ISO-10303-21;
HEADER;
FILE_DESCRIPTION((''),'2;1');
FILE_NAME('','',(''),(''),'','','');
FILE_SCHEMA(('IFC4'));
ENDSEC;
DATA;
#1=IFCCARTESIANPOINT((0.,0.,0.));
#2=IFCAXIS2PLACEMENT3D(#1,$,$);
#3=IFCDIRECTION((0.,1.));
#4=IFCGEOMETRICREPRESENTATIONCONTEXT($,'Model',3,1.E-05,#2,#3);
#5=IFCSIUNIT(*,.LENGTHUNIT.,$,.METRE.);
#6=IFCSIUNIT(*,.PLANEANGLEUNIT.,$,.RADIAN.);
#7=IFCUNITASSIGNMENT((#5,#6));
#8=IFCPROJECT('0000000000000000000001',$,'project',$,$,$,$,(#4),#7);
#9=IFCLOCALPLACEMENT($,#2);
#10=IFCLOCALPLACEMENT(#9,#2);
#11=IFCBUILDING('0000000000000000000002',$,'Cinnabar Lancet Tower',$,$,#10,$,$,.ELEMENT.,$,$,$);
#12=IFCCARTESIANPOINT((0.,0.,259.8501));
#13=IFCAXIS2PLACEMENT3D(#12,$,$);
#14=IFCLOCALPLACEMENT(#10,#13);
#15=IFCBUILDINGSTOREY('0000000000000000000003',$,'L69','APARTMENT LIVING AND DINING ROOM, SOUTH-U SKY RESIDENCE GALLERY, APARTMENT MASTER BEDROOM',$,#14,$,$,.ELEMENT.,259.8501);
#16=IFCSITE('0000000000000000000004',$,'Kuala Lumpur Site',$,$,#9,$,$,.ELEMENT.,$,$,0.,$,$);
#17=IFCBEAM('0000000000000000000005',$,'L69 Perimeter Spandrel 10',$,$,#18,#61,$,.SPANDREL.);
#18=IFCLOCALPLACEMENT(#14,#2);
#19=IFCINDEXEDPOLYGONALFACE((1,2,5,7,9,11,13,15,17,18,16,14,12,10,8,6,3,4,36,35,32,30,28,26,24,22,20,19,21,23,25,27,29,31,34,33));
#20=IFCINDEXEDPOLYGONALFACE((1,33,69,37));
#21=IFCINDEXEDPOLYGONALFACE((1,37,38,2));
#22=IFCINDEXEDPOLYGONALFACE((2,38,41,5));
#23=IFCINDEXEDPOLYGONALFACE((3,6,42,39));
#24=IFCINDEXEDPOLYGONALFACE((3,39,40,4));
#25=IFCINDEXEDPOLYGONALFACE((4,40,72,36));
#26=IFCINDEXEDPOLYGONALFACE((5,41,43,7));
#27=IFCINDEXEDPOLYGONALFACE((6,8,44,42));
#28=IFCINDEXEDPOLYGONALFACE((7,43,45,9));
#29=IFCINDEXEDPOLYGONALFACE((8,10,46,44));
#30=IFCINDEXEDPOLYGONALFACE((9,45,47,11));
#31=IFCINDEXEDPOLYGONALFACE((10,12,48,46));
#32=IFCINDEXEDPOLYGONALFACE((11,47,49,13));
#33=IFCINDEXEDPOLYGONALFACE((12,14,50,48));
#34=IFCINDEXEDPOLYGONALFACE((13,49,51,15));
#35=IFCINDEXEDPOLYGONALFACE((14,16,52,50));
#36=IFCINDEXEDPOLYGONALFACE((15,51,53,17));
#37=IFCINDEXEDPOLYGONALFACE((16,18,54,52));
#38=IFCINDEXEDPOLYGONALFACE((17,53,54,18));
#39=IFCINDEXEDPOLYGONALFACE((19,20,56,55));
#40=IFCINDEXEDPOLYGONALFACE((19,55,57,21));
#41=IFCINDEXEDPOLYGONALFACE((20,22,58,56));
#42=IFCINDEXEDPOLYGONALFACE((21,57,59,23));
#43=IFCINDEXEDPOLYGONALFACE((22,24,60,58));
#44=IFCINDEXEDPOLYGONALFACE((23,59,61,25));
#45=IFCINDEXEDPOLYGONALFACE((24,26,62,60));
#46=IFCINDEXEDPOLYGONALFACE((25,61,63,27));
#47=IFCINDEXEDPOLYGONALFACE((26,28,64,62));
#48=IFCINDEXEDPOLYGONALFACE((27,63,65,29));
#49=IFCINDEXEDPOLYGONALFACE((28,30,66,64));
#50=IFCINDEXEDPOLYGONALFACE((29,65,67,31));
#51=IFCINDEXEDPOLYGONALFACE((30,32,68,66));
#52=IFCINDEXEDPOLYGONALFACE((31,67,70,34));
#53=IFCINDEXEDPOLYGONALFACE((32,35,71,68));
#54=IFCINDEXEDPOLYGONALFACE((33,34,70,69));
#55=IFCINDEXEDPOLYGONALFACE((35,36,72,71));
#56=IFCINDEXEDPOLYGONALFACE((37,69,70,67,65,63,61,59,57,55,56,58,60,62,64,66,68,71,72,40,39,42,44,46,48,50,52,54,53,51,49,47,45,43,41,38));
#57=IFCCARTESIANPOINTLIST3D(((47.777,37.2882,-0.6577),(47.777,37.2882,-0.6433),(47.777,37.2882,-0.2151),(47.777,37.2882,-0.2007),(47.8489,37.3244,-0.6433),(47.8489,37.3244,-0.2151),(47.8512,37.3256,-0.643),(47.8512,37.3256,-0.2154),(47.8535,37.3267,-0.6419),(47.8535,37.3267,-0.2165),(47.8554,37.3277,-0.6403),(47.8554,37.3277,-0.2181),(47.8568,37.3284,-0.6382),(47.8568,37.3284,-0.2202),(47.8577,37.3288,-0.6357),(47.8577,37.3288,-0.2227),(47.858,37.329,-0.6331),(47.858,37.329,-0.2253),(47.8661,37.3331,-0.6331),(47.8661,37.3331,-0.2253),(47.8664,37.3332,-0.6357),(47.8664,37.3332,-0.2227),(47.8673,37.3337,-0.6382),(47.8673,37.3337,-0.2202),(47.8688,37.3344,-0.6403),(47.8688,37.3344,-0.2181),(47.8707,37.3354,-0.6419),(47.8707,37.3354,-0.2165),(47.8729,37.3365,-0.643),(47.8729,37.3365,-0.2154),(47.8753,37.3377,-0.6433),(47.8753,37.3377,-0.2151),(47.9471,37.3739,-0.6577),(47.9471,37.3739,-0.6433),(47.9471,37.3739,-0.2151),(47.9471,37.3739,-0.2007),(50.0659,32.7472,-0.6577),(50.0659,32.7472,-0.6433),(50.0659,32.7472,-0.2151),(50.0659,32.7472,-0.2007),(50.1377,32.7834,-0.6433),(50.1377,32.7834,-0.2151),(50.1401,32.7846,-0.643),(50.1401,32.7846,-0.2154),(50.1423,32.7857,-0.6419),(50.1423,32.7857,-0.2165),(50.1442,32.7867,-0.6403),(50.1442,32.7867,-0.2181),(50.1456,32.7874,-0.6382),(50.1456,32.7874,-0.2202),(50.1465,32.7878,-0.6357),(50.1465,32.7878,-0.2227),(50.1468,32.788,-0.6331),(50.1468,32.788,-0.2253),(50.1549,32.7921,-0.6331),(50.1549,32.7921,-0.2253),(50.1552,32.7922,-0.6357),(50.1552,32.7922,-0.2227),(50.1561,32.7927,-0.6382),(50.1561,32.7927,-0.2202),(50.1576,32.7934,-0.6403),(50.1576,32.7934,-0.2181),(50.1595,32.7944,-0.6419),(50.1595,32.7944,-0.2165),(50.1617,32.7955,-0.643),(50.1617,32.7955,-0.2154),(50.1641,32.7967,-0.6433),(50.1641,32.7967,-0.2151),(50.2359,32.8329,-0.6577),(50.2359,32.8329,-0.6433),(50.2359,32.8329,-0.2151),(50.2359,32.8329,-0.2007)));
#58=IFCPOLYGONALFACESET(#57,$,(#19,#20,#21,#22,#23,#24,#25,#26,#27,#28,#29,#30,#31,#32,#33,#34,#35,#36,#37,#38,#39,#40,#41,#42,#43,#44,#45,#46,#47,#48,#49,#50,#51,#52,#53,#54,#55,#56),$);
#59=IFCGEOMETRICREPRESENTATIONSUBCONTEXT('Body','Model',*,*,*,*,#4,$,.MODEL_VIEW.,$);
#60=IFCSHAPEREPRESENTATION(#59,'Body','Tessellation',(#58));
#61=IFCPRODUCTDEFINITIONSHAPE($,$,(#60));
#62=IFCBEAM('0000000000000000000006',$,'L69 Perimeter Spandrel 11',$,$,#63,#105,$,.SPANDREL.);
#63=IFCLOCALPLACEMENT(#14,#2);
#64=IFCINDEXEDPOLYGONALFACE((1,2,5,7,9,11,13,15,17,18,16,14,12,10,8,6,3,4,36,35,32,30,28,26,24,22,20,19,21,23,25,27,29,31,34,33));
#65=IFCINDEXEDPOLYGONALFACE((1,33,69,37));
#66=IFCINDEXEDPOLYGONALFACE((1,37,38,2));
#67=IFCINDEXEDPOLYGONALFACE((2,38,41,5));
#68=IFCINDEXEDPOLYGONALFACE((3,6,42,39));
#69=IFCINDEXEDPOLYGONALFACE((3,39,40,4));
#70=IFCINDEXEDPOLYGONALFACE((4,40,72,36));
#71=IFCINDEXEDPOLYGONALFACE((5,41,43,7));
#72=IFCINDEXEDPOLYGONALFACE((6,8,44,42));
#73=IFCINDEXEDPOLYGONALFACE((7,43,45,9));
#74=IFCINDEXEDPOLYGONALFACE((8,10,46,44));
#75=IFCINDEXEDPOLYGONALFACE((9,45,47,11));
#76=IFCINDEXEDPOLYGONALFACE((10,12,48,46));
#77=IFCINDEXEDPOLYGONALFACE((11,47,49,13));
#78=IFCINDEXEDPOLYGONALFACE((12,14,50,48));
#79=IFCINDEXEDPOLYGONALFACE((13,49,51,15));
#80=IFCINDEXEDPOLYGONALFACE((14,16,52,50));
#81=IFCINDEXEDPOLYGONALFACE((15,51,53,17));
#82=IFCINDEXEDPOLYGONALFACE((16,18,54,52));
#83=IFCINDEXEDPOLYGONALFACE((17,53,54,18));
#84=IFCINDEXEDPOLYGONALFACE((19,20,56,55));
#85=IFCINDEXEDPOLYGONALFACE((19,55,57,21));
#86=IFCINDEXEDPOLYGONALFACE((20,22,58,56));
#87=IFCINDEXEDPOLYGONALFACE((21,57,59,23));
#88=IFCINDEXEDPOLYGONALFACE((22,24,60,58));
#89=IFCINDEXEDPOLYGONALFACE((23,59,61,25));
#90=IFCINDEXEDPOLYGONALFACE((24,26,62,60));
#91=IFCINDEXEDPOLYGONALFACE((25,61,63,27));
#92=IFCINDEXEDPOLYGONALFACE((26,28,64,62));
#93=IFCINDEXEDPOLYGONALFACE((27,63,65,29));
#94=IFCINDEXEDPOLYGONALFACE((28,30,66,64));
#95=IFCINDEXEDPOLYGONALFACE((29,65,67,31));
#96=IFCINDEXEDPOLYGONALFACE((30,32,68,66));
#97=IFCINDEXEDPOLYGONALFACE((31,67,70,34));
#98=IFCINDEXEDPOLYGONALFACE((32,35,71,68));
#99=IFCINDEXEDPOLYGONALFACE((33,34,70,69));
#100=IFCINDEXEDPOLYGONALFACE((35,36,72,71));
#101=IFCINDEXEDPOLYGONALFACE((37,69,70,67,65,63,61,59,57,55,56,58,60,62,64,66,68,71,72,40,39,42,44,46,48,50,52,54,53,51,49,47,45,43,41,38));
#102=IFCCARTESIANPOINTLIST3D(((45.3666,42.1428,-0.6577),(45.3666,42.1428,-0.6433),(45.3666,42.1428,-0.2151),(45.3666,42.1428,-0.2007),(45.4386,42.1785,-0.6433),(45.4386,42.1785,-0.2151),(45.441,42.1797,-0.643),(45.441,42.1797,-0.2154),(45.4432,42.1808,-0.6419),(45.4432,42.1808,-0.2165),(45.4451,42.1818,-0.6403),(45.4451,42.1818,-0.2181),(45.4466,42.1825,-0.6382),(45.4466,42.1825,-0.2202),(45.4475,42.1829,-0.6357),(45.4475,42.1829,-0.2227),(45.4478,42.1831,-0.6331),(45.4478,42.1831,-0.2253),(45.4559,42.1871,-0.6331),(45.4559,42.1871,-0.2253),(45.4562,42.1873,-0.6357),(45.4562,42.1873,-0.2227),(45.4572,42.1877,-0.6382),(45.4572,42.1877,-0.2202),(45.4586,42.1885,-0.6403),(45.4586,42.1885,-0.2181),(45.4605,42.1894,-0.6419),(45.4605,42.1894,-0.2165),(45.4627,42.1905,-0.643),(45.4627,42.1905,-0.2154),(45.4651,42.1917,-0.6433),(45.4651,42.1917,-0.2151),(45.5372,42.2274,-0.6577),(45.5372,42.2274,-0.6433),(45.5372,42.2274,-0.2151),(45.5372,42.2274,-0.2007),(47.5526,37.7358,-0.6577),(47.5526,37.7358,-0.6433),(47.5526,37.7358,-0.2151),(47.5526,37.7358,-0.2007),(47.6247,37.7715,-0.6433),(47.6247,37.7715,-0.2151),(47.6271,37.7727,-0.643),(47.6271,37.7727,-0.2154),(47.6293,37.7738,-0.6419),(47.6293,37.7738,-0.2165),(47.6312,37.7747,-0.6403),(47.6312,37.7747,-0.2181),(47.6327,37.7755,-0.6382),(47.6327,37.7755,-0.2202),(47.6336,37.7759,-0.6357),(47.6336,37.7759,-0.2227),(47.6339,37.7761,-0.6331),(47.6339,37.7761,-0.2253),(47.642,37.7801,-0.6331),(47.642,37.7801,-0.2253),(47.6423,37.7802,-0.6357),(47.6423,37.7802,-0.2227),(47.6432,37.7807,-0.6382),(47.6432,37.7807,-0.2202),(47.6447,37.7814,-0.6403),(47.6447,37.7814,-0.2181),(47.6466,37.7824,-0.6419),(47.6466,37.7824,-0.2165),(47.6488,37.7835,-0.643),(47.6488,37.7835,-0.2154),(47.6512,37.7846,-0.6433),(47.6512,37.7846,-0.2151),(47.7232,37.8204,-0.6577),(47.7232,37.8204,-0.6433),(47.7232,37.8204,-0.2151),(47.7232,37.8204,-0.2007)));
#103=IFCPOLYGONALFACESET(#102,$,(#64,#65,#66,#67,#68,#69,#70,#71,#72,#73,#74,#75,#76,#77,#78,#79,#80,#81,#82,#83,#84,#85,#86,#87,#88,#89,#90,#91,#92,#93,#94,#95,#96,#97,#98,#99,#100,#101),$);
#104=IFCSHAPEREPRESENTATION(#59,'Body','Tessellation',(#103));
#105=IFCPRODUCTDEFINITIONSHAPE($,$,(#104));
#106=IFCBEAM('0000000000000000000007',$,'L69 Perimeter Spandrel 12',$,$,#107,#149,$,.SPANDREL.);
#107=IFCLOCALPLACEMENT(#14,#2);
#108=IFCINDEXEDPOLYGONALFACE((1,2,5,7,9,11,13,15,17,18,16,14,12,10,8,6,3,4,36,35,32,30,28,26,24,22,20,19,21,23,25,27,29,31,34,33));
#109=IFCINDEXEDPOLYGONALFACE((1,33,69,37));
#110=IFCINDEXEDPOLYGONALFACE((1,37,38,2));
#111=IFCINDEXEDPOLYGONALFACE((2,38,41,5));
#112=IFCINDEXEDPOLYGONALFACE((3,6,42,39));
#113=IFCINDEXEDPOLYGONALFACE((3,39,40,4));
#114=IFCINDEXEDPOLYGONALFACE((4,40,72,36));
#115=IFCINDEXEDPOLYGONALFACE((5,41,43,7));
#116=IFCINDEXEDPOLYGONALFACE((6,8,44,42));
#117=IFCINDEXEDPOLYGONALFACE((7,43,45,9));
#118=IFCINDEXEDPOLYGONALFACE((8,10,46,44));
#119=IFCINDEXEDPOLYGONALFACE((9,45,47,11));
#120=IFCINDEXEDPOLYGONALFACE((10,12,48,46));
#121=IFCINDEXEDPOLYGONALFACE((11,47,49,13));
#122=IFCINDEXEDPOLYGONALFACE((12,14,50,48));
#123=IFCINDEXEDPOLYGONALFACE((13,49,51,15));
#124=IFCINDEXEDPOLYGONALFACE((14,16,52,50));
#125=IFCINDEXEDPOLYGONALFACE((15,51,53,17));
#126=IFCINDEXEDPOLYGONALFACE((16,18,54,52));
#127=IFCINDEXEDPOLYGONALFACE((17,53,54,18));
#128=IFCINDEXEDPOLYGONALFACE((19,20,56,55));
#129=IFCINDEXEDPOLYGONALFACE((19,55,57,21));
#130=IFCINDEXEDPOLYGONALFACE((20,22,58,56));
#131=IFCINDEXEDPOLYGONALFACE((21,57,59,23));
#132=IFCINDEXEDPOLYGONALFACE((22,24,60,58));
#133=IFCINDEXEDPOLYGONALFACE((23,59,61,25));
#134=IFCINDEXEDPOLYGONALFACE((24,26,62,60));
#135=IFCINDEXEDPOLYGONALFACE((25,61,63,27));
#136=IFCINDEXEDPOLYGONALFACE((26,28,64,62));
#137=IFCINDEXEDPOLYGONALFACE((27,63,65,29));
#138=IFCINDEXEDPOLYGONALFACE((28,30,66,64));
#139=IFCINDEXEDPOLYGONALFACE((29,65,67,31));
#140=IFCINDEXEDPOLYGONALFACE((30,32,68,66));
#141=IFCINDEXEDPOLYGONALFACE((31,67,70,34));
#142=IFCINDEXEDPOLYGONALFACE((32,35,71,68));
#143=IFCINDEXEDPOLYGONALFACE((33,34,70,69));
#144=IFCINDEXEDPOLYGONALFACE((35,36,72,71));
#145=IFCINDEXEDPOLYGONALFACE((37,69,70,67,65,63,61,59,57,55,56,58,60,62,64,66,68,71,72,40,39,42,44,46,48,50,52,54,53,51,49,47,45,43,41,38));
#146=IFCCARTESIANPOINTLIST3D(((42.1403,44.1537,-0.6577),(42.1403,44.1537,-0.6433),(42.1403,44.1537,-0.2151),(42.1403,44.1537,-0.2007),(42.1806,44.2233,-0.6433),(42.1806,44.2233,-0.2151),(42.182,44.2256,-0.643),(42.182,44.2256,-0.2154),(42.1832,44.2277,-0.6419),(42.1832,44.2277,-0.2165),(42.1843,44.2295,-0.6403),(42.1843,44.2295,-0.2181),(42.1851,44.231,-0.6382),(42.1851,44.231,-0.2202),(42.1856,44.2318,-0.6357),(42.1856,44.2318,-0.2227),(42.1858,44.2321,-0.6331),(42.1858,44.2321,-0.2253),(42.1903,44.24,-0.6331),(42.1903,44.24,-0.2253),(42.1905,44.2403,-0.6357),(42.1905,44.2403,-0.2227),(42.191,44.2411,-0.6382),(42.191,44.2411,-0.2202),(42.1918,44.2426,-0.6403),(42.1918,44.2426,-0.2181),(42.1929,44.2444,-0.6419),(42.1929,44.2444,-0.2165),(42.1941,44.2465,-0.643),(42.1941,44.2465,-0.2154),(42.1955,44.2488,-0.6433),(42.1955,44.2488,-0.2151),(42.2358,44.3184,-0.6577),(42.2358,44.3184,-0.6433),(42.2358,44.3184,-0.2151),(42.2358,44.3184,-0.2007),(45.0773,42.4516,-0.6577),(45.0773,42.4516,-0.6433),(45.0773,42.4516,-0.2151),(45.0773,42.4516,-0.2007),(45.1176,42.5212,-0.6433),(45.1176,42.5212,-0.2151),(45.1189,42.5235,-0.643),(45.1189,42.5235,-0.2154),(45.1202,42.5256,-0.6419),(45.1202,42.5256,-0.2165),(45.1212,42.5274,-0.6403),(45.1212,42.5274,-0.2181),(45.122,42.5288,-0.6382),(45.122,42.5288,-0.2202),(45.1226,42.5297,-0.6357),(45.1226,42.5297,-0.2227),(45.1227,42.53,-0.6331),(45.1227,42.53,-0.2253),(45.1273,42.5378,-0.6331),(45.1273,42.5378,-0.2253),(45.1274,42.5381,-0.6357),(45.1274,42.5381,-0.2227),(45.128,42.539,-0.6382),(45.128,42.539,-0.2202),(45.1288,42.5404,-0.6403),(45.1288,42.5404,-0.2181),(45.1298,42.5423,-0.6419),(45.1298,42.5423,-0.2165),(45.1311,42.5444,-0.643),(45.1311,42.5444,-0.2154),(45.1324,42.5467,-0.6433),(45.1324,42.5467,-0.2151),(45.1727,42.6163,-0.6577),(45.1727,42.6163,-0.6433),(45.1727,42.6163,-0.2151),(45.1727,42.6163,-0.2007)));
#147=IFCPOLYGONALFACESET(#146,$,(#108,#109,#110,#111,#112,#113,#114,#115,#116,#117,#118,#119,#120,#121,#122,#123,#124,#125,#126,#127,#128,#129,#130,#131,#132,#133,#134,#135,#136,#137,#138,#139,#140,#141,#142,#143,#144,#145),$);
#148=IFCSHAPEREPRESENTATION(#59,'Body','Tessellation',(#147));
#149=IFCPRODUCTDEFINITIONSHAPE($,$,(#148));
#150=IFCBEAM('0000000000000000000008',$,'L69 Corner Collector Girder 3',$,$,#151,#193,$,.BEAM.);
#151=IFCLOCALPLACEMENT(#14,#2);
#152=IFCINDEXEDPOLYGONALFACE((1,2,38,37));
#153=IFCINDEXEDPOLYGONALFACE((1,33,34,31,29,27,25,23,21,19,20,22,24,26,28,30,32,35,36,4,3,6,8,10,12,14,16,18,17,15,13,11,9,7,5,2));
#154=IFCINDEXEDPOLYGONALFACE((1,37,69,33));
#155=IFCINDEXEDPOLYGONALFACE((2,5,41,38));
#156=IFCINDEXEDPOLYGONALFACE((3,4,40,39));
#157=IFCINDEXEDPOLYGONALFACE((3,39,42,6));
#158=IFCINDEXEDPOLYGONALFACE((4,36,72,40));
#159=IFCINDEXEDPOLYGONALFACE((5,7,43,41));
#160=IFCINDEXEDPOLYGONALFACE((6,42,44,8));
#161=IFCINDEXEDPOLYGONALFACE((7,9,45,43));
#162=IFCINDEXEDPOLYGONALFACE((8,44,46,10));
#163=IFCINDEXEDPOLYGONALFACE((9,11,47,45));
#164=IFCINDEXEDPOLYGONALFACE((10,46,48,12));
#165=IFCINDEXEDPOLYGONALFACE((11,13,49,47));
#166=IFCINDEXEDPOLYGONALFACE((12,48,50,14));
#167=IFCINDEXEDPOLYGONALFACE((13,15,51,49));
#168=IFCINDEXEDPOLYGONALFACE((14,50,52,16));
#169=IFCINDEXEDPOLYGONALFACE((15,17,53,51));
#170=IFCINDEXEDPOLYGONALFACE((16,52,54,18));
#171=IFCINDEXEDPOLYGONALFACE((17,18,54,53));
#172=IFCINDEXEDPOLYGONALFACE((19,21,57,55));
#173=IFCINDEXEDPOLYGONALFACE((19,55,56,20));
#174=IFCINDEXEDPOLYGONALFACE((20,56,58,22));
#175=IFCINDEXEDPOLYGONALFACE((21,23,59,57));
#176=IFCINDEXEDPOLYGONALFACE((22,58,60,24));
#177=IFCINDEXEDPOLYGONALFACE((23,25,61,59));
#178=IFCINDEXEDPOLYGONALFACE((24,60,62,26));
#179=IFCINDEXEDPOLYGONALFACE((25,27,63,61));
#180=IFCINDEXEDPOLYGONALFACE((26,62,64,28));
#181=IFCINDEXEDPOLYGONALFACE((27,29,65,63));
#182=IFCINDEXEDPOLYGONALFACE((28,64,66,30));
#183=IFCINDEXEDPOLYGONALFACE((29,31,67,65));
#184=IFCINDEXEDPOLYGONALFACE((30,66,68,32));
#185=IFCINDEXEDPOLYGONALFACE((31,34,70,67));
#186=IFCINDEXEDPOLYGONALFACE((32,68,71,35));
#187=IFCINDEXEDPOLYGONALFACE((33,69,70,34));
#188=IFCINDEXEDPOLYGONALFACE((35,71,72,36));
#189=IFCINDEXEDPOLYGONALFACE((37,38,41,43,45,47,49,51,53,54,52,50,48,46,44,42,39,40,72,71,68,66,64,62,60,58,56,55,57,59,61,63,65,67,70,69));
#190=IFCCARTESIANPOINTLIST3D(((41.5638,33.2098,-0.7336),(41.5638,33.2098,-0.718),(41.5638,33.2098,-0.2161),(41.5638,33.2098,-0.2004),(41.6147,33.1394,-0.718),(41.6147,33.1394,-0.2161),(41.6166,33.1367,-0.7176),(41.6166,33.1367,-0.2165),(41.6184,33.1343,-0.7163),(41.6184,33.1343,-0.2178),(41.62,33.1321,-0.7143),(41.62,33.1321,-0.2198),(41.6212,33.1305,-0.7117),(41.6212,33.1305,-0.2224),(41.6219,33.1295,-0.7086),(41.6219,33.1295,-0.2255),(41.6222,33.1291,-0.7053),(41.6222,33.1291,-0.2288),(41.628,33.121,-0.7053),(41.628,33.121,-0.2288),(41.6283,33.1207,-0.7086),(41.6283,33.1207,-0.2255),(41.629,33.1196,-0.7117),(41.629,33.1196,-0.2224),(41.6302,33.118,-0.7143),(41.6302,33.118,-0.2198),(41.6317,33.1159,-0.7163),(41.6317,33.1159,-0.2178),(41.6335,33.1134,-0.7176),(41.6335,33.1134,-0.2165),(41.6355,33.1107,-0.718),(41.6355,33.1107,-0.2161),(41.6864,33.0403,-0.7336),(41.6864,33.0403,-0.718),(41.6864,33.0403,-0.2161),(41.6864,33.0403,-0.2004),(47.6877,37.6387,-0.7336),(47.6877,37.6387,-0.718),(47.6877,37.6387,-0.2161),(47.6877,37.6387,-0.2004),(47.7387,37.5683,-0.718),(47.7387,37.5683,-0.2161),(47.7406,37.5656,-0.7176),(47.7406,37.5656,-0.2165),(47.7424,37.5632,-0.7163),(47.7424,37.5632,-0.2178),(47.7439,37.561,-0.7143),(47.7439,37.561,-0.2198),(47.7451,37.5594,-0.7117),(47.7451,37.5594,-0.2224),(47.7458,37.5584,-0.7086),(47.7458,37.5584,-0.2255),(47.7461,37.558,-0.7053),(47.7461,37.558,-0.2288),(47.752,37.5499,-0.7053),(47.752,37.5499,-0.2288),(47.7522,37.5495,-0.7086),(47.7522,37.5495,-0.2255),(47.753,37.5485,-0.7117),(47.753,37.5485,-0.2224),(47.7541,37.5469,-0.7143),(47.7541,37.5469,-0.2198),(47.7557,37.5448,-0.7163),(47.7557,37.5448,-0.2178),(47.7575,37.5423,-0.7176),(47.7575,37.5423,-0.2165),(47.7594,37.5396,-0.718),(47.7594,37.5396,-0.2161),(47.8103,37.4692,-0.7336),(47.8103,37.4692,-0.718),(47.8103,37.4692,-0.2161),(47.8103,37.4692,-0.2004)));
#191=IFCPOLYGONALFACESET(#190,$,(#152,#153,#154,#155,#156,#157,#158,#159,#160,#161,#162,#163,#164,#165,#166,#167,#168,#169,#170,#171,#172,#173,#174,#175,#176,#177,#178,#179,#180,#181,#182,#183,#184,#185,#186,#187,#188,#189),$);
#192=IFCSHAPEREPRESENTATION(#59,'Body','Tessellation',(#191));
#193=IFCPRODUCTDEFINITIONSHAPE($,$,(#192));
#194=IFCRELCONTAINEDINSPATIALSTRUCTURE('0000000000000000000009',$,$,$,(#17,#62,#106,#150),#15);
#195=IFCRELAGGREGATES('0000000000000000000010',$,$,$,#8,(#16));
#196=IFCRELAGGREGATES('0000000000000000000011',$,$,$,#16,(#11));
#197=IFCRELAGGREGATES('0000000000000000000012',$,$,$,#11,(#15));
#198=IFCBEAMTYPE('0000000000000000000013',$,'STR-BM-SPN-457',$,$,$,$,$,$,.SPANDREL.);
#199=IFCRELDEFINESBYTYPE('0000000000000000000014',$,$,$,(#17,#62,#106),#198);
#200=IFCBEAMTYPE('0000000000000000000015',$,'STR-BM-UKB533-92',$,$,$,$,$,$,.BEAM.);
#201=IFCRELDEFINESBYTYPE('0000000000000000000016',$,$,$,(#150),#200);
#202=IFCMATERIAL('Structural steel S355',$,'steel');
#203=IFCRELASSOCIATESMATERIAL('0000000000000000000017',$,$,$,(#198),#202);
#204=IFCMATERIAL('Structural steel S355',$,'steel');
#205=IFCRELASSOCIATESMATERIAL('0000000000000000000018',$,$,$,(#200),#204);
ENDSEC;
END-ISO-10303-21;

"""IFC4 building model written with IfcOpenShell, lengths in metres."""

from ifc_helpers import new_model, si_unit, direction, frame, origin, origin_2d, place, context, subcontext, project, spatial, i_section, extrude, material, material_profile, profile_set, type_object, element, save


model = new_model("IFC4")

# Units and contexts
model_context = context("Model", 3, precision=1e-05, world=origin(), true_north=direction((0.0, 1.0)))
body_context = subcontext(model_context, "Body", "Model", "MODEL_VIEW")
ifc_project = project(units=[si_unit("LENGTHUNIT", "METRE"), si_unit("PLANEANGLEUNIT", "RADIAN")], contexts=[model_context])

# Site, building, storey
site_placement = place(None, origin())
site = spatial("IfcSite", under=ifc_project, at=site_placement, Name="Kuala Lumpur Site", CompositionType="ELEMENT", RefElevation=0.0)
building_placement = place(site_placement, origin())
building = spatial("IfcBuilding", under=site, at=building_placement, Name="Cinnabar Lancet Tower", CompositionType="ELEMENT")
storey_placement = place(building_placement, frame((0.0, 0.0, 259.8501)))
storey = spatial("IfcBuildingStorey", under=building, at=storey_placement, Name="L69", Description="APARTMENT LIVING AND DINING ROOM, SOUTH-U SKY RESIDENCE GALLERY, APARTMENT MASTER BEDROOM", CompositionType="ELEMENT", Elevation=259.8501)

# Beams
ifc_material_1 = material(Name="Structural steel S355", Category="steel")
ifc_material_profile_1 = material_profile(ifc_material_1, i_section(OverallWidth=0.1904, OverallDepth=0.457, WebThickness=0.009, FlangeThickness=0.0144, FilletRadius=0.0103, at=origin_2d()), Name="UKB 457x191x74")
ifc_profile_set_1 = profile_set([ifc_material_profile_1], Name="Structural steel S355")
beam_type_1 = type_object("IfcBeamType", Name="STR-BM-SPN-457", PredefinedType="SPANDREL", material=ifc_profile_set_1)
beam_1_placement = place(storey_placement, frame((50.1509, 32.79, -0.4292), z_axis=(-0.450092, 0.892982, 0.0), x_axis=(-0.892982, -0.450092, 0.0)))
element("IfcBeam", 1, at=beam_1_placement, inside=storey, type_object=beam_type_1, Name="L69 Perimeter Spandrel 10", PredefinedType="SPANDREL", context=body_context, shape_type="SweptSolid", body=[
    extrude(i_section(OverallWidth=0.1904, OverallDepth=0.457, WebThickness=0.009, FlangeThickness=0.0144, FilletRadius=0.0103, at=origin_2d()), origin(), (0.0, 0.0, 1.0), 5.0852),
])
beam_2_placement = place(storey_placement, frame((47.6379, 37.7781, -0.4292), z_axis=(-0.444373, 0.895842, 0.0), x_axis=(-0.895842, -0.444373, 0.0)))
element("IfcBeam", 2, at=beam_2_placement, inside=storey, type_object=beam_type_1, Name="L69 Perimeter Spandrel 11", PredefinedType="SPANDREL", context=body_context, shape_type="SweptSolid", body=[
    extrude(i_section(OverallWidth=0.1904, OverallDepth=0.457, WebThickness=0.009, FlangeThickness=0.0144, FilletRadius=0.0103, at=origin_2d()), origin(), (0.0, 0.0, 1.0), 4.9194),
])
beam_3_placement = place(storey_placement, frame((45.125, 42.5339, -0.4292), z_axis=(-0.8652, 0.501427, 0.0), x_axis=(-0.501427, -0.8652, 0.0)))
element("IfcBeam", 3, at=beam_3_placement, inside=storey, type_object=beam_type_1, Name="L69 Perimeter Spandrel 12", PredefinedType="SPANDREL", context=body_context, shape_type="SweptSolid", body=[
    extrude(i_section(OverallWidth=0.1904, OverallDepth=0.457, WebThickness=0.009, FlangeThickness=0.0144, FilletRadius=0.0103, at=origin_2d()), origin(), (0.0, 0.0, 1.0), 3.3945),
])
ifc_material_2 = material(Name="Structural steel S355", Category="steel")
ifc_material_profile_2 = material_profile(ifc_material_2, i_section(OverallWidth=0.2092, OverallDepth=0.5332, WebThickness=0.01, FlangeThickness=0.0156, FilletRadius=0.0127, at=origin_2d()), Name="UKB 533x210x92")
ifc_profile_set_2 = profile_set([ifc_material_profile_2], Name="Structural steel S355")
beam_type_2 = type_object("IfcBeamType", Name="STR-BM-UKB533-92", PredefinedType="BEAM", material=ifc_profile_set_2)
beam_4_placement = place(storey_placement, frame((47.749, 37.554, -0.467), z_axis=(-0.810299, -0.586016, 0.0), x_axis=(0.586016, -0.810299, 0.0)))
element("IfcBeam", 4, at=beam_4_placement, inside=storey, type_object=beam_type_2, Name="L69 Corner Collector Girder 3", PredefinedType="BEAM", context=body_context, shape_type="SweptSolid", body=[
    extrude(i_section(OverallWidth=0.2092, OverallDepth=0.5332, WebThickness=0.01, FlangeThickness=0.0156, FilletRadius=0.0127, at=origin_2d()), origin(), (0.0, 0.0, 1.0), 7.5576),
])

save(model, "model.ifc")
